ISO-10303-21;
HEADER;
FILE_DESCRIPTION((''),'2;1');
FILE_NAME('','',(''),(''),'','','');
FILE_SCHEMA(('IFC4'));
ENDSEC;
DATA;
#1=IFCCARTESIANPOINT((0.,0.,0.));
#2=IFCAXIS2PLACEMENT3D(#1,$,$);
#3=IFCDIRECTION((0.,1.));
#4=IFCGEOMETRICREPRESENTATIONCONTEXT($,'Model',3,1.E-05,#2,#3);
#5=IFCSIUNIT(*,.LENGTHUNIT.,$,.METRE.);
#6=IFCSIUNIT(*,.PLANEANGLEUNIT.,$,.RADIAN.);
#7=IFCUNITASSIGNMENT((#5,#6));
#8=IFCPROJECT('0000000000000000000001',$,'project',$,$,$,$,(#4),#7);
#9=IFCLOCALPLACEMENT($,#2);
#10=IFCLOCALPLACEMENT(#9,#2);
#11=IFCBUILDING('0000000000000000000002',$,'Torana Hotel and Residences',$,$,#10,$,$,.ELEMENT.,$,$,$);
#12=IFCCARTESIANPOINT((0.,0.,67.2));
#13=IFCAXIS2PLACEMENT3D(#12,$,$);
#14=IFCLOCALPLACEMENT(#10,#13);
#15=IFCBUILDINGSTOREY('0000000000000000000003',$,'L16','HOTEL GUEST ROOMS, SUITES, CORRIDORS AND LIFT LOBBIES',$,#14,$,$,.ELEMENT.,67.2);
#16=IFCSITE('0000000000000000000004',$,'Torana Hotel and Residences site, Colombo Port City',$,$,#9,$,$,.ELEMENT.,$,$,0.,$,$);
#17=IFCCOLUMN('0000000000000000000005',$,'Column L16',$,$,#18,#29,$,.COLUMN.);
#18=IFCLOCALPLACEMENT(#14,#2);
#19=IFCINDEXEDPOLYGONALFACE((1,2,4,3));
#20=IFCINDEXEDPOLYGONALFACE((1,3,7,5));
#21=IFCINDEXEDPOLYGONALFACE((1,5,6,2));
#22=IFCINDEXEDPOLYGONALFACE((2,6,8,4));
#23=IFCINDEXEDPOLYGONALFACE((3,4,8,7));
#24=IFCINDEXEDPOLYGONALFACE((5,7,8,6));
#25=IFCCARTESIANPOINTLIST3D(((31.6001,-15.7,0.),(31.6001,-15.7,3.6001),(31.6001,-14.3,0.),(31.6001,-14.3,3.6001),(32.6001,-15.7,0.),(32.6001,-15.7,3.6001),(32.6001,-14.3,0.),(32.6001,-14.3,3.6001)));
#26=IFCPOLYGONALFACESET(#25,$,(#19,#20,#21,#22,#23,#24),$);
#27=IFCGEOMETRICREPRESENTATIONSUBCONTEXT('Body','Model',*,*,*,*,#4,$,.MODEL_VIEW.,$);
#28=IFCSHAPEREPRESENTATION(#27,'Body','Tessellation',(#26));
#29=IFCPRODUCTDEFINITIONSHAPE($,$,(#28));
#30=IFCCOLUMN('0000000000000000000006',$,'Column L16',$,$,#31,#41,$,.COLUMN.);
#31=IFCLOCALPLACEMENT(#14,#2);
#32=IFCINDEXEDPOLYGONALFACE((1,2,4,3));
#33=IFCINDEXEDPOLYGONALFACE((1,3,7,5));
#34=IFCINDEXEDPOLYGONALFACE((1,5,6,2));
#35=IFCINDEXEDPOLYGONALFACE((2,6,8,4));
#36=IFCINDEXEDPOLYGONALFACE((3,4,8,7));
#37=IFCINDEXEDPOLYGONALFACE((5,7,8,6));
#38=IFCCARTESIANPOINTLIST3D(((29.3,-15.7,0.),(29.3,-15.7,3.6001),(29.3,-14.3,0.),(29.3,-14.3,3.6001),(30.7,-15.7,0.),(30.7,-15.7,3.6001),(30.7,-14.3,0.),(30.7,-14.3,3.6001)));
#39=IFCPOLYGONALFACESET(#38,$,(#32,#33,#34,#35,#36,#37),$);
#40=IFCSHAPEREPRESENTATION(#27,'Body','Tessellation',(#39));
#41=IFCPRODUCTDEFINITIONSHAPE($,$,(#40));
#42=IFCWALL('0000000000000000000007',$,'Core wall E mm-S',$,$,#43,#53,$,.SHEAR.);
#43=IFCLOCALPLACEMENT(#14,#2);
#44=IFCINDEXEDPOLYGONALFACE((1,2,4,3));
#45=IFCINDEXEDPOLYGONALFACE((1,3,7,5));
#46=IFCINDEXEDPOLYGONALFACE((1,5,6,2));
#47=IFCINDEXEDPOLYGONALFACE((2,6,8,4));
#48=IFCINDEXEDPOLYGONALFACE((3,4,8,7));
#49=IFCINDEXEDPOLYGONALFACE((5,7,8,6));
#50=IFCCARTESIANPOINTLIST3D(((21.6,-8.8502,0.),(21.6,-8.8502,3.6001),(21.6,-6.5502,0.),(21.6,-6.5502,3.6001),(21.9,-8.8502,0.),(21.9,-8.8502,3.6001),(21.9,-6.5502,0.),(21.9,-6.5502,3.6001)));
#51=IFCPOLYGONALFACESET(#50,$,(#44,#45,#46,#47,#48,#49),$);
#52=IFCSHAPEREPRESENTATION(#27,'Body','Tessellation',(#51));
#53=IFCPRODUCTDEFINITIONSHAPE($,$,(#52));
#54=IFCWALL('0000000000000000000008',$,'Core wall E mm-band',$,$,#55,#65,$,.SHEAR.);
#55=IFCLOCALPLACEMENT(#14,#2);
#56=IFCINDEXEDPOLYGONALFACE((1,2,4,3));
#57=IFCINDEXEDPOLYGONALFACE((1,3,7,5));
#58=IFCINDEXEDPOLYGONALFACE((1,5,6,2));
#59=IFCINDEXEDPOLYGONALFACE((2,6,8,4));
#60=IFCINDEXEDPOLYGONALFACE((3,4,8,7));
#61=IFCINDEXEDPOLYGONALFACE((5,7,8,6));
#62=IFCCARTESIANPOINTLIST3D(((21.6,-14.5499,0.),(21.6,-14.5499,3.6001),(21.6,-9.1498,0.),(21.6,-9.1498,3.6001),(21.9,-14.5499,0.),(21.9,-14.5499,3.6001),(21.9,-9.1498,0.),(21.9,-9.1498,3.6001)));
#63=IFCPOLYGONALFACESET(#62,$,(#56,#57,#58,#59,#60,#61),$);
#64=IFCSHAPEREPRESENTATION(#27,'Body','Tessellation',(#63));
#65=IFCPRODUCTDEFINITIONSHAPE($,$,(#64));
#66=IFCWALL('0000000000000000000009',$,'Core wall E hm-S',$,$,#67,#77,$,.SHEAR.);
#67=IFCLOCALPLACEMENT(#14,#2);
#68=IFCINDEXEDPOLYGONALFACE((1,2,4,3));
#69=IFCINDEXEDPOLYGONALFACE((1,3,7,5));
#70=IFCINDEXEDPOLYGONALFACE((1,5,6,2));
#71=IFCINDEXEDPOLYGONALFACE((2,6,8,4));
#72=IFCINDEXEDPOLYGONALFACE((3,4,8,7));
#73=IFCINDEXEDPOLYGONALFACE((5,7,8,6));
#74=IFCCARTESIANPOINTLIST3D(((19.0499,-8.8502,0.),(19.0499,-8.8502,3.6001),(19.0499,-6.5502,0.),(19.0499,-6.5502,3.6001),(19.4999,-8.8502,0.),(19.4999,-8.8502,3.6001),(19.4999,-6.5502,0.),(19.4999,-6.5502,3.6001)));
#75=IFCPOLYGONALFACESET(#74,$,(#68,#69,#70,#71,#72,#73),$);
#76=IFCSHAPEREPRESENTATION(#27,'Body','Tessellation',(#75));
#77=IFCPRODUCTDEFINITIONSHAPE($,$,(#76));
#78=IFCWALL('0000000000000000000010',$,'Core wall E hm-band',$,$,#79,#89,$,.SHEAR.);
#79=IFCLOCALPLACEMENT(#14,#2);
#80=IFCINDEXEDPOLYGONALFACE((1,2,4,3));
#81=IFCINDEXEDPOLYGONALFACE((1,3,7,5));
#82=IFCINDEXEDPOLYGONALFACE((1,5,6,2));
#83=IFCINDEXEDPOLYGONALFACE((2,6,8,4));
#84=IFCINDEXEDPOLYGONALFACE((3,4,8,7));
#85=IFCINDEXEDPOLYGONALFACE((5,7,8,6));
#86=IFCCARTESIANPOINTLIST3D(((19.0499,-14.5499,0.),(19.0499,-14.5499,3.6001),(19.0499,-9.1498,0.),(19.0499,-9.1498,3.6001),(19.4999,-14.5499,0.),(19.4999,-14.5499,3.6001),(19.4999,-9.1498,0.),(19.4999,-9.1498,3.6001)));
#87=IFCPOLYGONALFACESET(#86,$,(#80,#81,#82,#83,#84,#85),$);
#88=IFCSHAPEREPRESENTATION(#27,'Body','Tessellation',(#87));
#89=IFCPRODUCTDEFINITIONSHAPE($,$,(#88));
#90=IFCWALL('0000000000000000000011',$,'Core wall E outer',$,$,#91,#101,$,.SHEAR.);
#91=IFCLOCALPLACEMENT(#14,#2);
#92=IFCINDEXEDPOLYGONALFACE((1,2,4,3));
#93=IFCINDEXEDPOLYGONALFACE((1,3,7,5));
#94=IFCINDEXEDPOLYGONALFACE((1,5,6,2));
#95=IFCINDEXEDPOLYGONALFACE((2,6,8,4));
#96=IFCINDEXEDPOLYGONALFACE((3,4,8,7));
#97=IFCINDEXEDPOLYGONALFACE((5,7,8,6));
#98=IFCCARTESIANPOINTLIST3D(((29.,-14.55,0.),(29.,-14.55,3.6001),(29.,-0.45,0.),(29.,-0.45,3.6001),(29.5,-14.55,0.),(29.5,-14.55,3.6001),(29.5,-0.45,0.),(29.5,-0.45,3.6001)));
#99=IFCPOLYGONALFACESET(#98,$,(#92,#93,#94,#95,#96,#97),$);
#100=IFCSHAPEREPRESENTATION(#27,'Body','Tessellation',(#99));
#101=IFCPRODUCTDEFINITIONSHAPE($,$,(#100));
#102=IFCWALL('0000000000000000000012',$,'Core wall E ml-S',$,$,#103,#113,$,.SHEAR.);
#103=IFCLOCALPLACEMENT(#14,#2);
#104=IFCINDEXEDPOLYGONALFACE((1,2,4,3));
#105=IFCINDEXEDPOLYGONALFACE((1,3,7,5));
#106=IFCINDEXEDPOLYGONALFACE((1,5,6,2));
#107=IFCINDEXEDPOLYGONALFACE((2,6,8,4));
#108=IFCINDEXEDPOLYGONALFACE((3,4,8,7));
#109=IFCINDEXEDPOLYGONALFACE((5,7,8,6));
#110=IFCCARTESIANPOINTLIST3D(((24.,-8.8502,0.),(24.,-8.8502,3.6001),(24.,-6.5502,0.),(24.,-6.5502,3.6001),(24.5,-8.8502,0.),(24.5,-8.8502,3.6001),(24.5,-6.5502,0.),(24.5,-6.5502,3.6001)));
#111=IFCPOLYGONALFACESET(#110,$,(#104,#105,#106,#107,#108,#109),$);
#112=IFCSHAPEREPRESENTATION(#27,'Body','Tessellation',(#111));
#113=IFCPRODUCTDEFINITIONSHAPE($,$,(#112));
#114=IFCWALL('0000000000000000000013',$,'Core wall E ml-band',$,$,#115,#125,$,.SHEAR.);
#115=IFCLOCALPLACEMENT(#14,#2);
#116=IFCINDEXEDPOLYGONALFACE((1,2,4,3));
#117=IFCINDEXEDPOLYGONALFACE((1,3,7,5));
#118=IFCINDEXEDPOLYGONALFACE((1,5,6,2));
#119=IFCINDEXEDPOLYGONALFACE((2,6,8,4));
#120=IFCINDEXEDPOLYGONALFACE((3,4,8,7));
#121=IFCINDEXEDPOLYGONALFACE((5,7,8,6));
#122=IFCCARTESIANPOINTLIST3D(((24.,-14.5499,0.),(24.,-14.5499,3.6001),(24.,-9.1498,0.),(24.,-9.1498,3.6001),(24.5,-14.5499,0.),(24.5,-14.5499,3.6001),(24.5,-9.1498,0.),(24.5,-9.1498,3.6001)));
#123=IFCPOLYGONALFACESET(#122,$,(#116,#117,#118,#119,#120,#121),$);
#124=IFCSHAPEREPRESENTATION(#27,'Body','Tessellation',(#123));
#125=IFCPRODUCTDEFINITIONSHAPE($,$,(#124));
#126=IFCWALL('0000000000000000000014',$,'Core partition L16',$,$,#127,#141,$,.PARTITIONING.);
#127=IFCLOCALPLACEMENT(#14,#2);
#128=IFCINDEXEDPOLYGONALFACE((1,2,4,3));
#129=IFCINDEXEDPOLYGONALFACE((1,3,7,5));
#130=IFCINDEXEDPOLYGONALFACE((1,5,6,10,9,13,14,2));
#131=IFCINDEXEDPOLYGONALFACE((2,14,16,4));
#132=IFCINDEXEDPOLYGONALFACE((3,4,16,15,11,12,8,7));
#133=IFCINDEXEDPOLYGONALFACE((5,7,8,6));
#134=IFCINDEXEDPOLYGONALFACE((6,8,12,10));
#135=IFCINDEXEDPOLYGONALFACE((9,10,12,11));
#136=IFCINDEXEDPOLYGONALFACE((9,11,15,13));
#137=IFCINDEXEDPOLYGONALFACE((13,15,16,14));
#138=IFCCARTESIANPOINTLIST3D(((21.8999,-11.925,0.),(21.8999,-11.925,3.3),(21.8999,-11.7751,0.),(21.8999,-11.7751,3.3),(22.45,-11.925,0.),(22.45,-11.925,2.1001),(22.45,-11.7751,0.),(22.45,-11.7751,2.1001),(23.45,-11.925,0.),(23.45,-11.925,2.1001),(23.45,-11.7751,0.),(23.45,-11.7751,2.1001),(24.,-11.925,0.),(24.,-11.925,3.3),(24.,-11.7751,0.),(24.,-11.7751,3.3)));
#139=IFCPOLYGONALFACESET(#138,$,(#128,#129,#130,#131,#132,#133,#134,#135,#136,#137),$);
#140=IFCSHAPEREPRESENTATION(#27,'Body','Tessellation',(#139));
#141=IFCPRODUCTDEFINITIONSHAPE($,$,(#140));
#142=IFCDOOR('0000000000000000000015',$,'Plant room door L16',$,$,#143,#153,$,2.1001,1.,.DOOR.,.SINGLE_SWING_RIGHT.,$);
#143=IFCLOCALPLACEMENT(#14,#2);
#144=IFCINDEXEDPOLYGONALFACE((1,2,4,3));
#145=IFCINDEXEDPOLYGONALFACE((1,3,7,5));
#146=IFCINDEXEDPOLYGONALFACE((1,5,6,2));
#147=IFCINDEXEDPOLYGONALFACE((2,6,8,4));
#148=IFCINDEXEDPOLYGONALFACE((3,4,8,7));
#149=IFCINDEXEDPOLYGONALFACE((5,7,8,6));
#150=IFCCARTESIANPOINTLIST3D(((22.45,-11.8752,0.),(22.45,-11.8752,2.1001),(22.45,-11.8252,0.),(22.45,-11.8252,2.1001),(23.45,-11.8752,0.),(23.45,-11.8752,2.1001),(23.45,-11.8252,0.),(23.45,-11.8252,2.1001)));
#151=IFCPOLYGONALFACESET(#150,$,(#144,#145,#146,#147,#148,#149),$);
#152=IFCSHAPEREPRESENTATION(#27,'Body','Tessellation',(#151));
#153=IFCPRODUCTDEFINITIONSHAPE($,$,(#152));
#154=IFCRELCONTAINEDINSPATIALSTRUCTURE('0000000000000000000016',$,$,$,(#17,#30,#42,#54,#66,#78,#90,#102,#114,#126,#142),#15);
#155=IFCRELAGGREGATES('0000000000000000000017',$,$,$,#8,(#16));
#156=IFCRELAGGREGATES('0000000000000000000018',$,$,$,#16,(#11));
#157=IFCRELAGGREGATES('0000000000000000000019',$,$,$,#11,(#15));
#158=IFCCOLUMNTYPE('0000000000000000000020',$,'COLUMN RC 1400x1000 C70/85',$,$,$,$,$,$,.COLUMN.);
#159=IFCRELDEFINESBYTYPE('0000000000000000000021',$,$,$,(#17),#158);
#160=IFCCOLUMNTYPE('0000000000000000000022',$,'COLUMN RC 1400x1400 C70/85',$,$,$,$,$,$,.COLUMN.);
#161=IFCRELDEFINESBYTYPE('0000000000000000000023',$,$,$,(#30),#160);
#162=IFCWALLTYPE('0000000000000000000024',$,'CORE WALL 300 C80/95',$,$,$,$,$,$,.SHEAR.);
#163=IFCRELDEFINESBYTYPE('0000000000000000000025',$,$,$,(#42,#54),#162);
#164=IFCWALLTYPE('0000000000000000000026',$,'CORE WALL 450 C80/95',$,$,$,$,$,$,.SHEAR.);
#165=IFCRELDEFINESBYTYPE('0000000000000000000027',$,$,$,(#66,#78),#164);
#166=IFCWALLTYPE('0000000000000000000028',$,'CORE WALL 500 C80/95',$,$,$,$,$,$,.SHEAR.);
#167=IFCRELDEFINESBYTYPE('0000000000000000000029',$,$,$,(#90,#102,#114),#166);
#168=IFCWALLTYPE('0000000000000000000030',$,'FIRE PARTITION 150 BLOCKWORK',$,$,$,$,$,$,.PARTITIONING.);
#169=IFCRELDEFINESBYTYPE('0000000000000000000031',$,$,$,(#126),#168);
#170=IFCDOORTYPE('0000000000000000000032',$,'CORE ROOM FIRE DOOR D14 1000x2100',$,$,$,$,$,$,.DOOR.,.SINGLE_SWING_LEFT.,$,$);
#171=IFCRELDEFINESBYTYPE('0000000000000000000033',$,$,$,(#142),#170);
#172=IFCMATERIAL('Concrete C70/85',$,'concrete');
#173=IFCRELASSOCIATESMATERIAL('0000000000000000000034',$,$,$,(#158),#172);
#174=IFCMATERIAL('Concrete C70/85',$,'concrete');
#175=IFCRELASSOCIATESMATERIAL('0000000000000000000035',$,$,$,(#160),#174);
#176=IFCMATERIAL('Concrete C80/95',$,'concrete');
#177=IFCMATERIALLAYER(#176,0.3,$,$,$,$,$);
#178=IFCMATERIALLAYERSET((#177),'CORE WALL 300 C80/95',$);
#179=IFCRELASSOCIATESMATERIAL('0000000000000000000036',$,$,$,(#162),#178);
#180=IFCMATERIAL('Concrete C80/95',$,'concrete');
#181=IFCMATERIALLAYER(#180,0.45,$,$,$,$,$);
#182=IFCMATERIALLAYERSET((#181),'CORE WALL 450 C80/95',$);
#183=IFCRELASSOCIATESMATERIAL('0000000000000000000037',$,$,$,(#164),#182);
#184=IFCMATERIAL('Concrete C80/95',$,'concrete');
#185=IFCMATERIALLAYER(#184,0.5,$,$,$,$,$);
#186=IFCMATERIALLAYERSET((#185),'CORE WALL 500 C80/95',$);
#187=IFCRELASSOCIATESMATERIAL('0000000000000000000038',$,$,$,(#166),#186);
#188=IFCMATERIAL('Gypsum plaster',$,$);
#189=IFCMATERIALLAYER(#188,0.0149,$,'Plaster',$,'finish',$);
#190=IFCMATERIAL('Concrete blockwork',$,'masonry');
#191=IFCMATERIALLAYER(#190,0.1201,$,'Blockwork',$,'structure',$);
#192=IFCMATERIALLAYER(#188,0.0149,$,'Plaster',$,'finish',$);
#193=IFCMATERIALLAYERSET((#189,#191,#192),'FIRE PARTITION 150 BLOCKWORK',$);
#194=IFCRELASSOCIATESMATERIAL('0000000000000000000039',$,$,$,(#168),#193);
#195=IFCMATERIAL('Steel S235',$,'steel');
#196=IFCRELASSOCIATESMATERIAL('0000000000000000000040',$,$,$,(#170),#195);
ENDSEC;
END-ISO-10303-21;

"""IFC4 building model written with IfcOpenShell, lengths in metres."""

from ifc_helpers import new_model, si_unit, direction, frame, frame_2d, origin, origin_2d, place, context, subcontext, project, spatial, rectangle, extrude, material, layer, layer_set, material_profile, profile_set, type_object, element, fill, save


model = new_model("IFC4")

# Units and contexts
model_context = context("Model", 3, precision=1e-05, world=origin(), true_north=direction((0.0, 1.0)))
body_context = subcontext(model_context, "Body", "Model", "MODEL_VIEW")
ifc_project = project(units=[si_unit("LENGTHUNIT", "METRE"), si_unit("PLANEANGLEUNIT", "RADIAN")], contexts=[model_context])

# Site, building, storey
site_placement = place(None, origin())
site = spatial("IfcSite", under=ifc_project, at=site_placement, Name="Torana Hotel and Residences site, Colombo Port City", CompositionType="ELEMENT", RefElevation=0.0)
building_placement = place(site_placement, origin())
building = spatial("IfcBuilding", under=site, at=building_placement, Name="Torana Hotel and Residences", CompositionType="ELEMENT")
storey_placement = place(building_placement, frame((0.0, 0.0, 67.2)))
storey = spatial("IfcBuildingStorey", under=building, at=storey_placement, Name="L16", Description="HOTEL GUEST ROOMS, SUITES, CORRIDORS AND LIFT LOBBIES", CompositionType="ELEMENT", Elevation=67.2)

# Columns
ifc_material_1 = material(Name="Concrete C70/85", Category="concrete")
ifc_material_profile_1 = material_profile(ifc_material_1, rectangle(XDim=1.3999, YDim=1.0, at=origin_2d()), Name="RC 1400x1000")
ifc_profile_set_1 = profile_set([ifc_material_profile_1], Name="Concrete C70/85")
column_type_1 = type_object("IfcColumnType", Name="COLUMN RC 1400x1000 C70/85", PredefinedType="COLUMN", material=ifc_profile_set_1)
column_1_placement = place(storey_placement, frame((32.1001, -15.0, 0.0), z_axis=(0.0, 0.0, 1.0), x_axis=(0.0, 1.0, 0.0)))
element("IfcColumn", 1, at=column_1_placement, inside=storey, type_object=column_type_1, Name="Column L16", PredefinedType="COLUMN", context=body_context, shape_type="SweptSolid", body=[
    extrude(rectangle(XDim=1.3999, YDim=1.0, at=origin_2d()), origin(), (0.0, 0.0, 1.0), 3.6001),
])
ifc_material_2 = material(Name="Concrete C70/85", Category="concrete")
ifc_material_profile_2 = material_profile(ifc_material_2, rectangle(XDim=1.3999, YDim=1.3999, at=origin_2d()), Name="RC 1400x1400")
ifc_profile_set_2 = profile_set([ifc_material_profile_2], Name="Concrete C70/85")
column_type_2 = type_object("IfcColumnType", Name="COLUMN RC 1400x1400 C70/85", PredefinedType="COLUMN", material=ifc_profile_set_2)
column_2_placement = place(storey_placement, frame((30.0, -15.0, 0.0), z_axis=(0.0, 0.0, 1.0), x_axis=(1.0, 0.0, 0.0)))
element("IfcColumn", 2, at=column_2_placement, inside=storey, type_object=column_type_2, Name="Column L16", PredefinedType="COLUMN", context=body_context, shape_type="SweptSolid", body=[
    extrude(rectangle(XDim=1.3999, YDim=1.3999, at=origin_2d()), origin(), (0.0, 0.0, 1.0), 3.6001),
])

# Walls
ifc_material_3 = material(Name="Concrete C80/95", Category="concrete")
ifc_layer_1 = layer(ifc_material_3, 0.3)
ifc_layer_set_1 = layer_set([ifc_layer_1], Name="CORE WALL 300 C80/95")
wall_type_1 = type_object("IfcWallType", Name="CORE WALL 300 C80/95", PredefinedType="SHEAR", material=ifc_layer_set_1)
wall_1_placement = place(storey_placement, frame((21.75, -8.8501, 0.0), z_axis=(0.0, 0.0, 1.0), x_axis=(0.0, 1.0, 0.0)))
element("IfcWall", 3, at=wall_1_placement, inside=storey, type_object=wall_type_1, Name="Core wall E mm-S", PredefinedType="SHEAR", context=body_context, shape_type="SweptSolid", body=[
    extrude(rectangle(XDim=2.3, YDim=0.3, at=frame_2d((1.1499, 0.0))), origin(), (0.0, 0.0, 1.0), 3.6001),
])
wall_2_placement = place(storey_placement, frame((21.75, -14.55, 0.0), z_axis=(0.0, 0.0, 1.0), x_axis=(0.0, 1.0, 0.0)))
element("IfcWall", 4, at=wall_2_placement, inside=storey, type_object=wall_type_1, Name="Core wall E mm-band", PredefinedType="SHEAR", context=body_context, shape_type="SweptSolid", body=[
    extrude(rectangle(XDim=5.4001, YDim=0.3, at=frame_2d((2.7002, 0.0))), origin(), (0.0, 0.0, 1.0), 3.6001),
])
ifc_material_4 = material(Name="Concrete C80/95", Category="concrete")
ifc_layer_2 = layer(ifc_material_4, 0.45)
ifc_layer_set_2 = layer_set([ifc_layer_2], Name="CORE WALL 450 C80/95")
wall_type_2 = type_object("IfcWallType", Name="CORE WALL 450 C80/95", PredefinedType="SHEAR", material=ifc_layer_set_2)
wall_3_placement = place(storey_placement, frame((19.2749, -8.8501, 0.0), z_axis=(0.0, 0.0, 1.0), x_axis=(0.0, 1.0, 0.0)))
element("IfcWall", 5, at=wall_3_placement, inside=storey, type_object=wall_type_2, Name="Core wall E hm-S", PredefinedType="SHEAR", context=body_context, shape_type="SweptSolid", body=[
    extrude(rectangle(XDim=2.3, YDim=0.45, at=frame_2d((1.1499, 0.0))), origin(), (0.0, 0.0, 1.0), 3.6001),
])
wall_4_placement = place(storey_placement, frame((19.2749, -14.55, 0.0), z_axis=(0.0, 0.0, 1.0), x_axis=(0.0, 1.0, 0.0)))
element("IfcWall", 6, at=wall_4_placement, inside=storey, type_object=wall_type_2, Name="Core wall E hm-band", PredefinedType="SHEAR", context=body_context, shape_type="SweptSolid", body=[
    extrude(rectangle(XDim=5.4001, YDim=0.45, at=frame_2d((2.7002, 0.0))), origin(), (0.0, 0.0, 1.0), 3.6001),
])
ifc_material_5 = material(Name="Concrete C80/95", Category="concrete")
ifc_layer_3 = layer(ifc_material_5, 0.5)
ifc_layer_set_3 = layer_set([ifc_layer_3], Name="CORE WALL 500 C80/95")
wall_type_3 = type_object("IfcWallType", Name="CORE WALL 500 C80/95", PredefinedType="SHEAR", material=ifc_layer_set_3)
wall_5_placement = place(storey_placement, frame((29.25, -14.55, 0.0), z_axis=(0.0, 0.0, 1.0), x_axis=(0.0, 1.0, 0.0)))
element("IfcWall", 7, at=wall_5_placement, inside=storey, type_object=wall_type_3, Name="Core wall E outer", PredefinedType="SHEAR", context=body_context, shape_type="SweptSolid", body=[
    extrude(rectangle(XDim=14.1001, YDim=0.5, at=frame_2d((7.05, 0.0))), origin(), (0.0, 0.0, 1.0), 3.6001),
])
wall_6_placement = place(storey_placement, frame((24.25, -8.8501, 0.0), z_axis=(0.0, 0.0, 1.0), x_axis=(0.0, 1.0, 0.0)))
element("IfcWall", 8, at=wall_6_placement, inside=storey, type_object=wall_type_3, Name="Core wall E ml-S", PredefinedType="SHEAR", context=body_context, shape_type="SweptSolid", body=[
    extrude(rectangle(XDim=2.3, YDim=0.5, at=frame_2d((1.1499, 0.0))), origin(), (0.0, 0.0, 1.0), 3.6001),
])
wall_7_placement = place(storey_placement, frame((24.25, -14.55, 0.0), z_axis=(0.0, 0.0, 1.0), x_axis=(0.0, 1.0, 0.0)))
element("IfcWall", 9, at=wall_7_placement, inside=storey, type_object=wall_type_3, Name="Core wall E ml-band", PredefinedType="SHEAR", context=body_context, shape_type="SweptSolid", body=[
    extrude(rectangle(XDim=5.4001, YDim=0.5, at=frame_2d((2.7002, 0.0))), origin(), (0.0, 0.0, 1.0), 3.6001),
])

# Wall, opening, door
ifc_material_6 = material(Name="Gypsum plaster")
ifc_layer_4 = layer(ifc_material_6, 0.0149, Name="Plaster", Category="finish")
ifc_material_7 = material(Name="Concrete blockwork", Category="masonry")
ifc_layer_5 = layer(ifc_material_7, 0.1201, Name="Blockwork", Category="structure")
ifc_layer_6 = layer(ifc_material_6, 0.0149, Name="Plaster", Category="finish")
ifc_layer_set_4 = layer_set([ifc_layer_4, ifc_layer_5, ifc_layer_6], Name="FIRE PARTITION 150 BLOCKWORK")
wall_type_4 = type_object("IfcWallType", Name="FIRE PARTITION 150 BLOCKWORK", PredefinedType="PARTITIONING", material=ifc_layer_set_4)
wall_8_placement = place(storey_placement, frame((21.8999, -11.8501, 0.0), z_axis=(0.0, 0.0, 1.0), x_axis=(1.0, 0.0, 0.0)))
wall_8 = element("IfcWall", 10, at=wall_8_placement, inside=storey, type_object=wall_type_4, Name="Core partition L16", PredefinedType="PARTITIONING", context=body_context, shape_type="SweptSolid", body=[
    extrude(rectangle(XDim=2.1001, YDim=0.1499, at=frame_2d((1.05, 0.0))), origin(), (0.0, 0.0, 1.0), 3.3),
])
opening_1_placement = place(wall_8_placement, frame((0.55, 0.0, 0.0)))
opening_1 = element("IfcOpeningElement", 11, at=opening_1_placement, cuts=wall_8, PredefinedType="OPENING", context=body_context, shape_type="SweptSolid", body=[
    extrude(rectangle(XDim=1.0, YDim=2.1001, at=frame_2d((0.5, 1.05))), frame((0.0, 0.085, 0.0), z_axis=(0.0, -1.0, 0.0), x_axis=(1.0, 0.0, 0.0)), (0.0, 0.0, 1.0), 0.1699),
])
ifc_material_8 = material(Name="Steel S235", Category="steel")
door_type_1 = type_object("IfcDoorType", Name="CORE ROOM FIRE DOOR D14 1000x2100", OperationType="SINGLE_SWING_LEFT", PredefinedType="DOOR", material=ifc_material_8)
door_1_placement = place(opening_1_placement, origin())
door_1 = element("IfcDoor", 12, at=door_1_placement, inside=storey, type_object=door_type_1, Name="Plant room door L16", OperationType="SINGLE_SWING_RIGHT", OverallHeight=2.1001, OverallWidth=1.0, PredefinedType="DOOR", context=body_context, shape_type="SweptSolid", body=[
    extrude(rectangle(XDim=1.0, YDim=2.1001, at=frame_2d((0.5, 1.05))), frame((0.0, 0.0249, 0.0), z_axis=(0.0, -1.0, 0.0), x_axis=(1.0, 0.0, 0.0)), (0.0, 0.0, 1.0), 0.05),
])
fill(opening_1, door_1)

save(model, "model.ifc")
